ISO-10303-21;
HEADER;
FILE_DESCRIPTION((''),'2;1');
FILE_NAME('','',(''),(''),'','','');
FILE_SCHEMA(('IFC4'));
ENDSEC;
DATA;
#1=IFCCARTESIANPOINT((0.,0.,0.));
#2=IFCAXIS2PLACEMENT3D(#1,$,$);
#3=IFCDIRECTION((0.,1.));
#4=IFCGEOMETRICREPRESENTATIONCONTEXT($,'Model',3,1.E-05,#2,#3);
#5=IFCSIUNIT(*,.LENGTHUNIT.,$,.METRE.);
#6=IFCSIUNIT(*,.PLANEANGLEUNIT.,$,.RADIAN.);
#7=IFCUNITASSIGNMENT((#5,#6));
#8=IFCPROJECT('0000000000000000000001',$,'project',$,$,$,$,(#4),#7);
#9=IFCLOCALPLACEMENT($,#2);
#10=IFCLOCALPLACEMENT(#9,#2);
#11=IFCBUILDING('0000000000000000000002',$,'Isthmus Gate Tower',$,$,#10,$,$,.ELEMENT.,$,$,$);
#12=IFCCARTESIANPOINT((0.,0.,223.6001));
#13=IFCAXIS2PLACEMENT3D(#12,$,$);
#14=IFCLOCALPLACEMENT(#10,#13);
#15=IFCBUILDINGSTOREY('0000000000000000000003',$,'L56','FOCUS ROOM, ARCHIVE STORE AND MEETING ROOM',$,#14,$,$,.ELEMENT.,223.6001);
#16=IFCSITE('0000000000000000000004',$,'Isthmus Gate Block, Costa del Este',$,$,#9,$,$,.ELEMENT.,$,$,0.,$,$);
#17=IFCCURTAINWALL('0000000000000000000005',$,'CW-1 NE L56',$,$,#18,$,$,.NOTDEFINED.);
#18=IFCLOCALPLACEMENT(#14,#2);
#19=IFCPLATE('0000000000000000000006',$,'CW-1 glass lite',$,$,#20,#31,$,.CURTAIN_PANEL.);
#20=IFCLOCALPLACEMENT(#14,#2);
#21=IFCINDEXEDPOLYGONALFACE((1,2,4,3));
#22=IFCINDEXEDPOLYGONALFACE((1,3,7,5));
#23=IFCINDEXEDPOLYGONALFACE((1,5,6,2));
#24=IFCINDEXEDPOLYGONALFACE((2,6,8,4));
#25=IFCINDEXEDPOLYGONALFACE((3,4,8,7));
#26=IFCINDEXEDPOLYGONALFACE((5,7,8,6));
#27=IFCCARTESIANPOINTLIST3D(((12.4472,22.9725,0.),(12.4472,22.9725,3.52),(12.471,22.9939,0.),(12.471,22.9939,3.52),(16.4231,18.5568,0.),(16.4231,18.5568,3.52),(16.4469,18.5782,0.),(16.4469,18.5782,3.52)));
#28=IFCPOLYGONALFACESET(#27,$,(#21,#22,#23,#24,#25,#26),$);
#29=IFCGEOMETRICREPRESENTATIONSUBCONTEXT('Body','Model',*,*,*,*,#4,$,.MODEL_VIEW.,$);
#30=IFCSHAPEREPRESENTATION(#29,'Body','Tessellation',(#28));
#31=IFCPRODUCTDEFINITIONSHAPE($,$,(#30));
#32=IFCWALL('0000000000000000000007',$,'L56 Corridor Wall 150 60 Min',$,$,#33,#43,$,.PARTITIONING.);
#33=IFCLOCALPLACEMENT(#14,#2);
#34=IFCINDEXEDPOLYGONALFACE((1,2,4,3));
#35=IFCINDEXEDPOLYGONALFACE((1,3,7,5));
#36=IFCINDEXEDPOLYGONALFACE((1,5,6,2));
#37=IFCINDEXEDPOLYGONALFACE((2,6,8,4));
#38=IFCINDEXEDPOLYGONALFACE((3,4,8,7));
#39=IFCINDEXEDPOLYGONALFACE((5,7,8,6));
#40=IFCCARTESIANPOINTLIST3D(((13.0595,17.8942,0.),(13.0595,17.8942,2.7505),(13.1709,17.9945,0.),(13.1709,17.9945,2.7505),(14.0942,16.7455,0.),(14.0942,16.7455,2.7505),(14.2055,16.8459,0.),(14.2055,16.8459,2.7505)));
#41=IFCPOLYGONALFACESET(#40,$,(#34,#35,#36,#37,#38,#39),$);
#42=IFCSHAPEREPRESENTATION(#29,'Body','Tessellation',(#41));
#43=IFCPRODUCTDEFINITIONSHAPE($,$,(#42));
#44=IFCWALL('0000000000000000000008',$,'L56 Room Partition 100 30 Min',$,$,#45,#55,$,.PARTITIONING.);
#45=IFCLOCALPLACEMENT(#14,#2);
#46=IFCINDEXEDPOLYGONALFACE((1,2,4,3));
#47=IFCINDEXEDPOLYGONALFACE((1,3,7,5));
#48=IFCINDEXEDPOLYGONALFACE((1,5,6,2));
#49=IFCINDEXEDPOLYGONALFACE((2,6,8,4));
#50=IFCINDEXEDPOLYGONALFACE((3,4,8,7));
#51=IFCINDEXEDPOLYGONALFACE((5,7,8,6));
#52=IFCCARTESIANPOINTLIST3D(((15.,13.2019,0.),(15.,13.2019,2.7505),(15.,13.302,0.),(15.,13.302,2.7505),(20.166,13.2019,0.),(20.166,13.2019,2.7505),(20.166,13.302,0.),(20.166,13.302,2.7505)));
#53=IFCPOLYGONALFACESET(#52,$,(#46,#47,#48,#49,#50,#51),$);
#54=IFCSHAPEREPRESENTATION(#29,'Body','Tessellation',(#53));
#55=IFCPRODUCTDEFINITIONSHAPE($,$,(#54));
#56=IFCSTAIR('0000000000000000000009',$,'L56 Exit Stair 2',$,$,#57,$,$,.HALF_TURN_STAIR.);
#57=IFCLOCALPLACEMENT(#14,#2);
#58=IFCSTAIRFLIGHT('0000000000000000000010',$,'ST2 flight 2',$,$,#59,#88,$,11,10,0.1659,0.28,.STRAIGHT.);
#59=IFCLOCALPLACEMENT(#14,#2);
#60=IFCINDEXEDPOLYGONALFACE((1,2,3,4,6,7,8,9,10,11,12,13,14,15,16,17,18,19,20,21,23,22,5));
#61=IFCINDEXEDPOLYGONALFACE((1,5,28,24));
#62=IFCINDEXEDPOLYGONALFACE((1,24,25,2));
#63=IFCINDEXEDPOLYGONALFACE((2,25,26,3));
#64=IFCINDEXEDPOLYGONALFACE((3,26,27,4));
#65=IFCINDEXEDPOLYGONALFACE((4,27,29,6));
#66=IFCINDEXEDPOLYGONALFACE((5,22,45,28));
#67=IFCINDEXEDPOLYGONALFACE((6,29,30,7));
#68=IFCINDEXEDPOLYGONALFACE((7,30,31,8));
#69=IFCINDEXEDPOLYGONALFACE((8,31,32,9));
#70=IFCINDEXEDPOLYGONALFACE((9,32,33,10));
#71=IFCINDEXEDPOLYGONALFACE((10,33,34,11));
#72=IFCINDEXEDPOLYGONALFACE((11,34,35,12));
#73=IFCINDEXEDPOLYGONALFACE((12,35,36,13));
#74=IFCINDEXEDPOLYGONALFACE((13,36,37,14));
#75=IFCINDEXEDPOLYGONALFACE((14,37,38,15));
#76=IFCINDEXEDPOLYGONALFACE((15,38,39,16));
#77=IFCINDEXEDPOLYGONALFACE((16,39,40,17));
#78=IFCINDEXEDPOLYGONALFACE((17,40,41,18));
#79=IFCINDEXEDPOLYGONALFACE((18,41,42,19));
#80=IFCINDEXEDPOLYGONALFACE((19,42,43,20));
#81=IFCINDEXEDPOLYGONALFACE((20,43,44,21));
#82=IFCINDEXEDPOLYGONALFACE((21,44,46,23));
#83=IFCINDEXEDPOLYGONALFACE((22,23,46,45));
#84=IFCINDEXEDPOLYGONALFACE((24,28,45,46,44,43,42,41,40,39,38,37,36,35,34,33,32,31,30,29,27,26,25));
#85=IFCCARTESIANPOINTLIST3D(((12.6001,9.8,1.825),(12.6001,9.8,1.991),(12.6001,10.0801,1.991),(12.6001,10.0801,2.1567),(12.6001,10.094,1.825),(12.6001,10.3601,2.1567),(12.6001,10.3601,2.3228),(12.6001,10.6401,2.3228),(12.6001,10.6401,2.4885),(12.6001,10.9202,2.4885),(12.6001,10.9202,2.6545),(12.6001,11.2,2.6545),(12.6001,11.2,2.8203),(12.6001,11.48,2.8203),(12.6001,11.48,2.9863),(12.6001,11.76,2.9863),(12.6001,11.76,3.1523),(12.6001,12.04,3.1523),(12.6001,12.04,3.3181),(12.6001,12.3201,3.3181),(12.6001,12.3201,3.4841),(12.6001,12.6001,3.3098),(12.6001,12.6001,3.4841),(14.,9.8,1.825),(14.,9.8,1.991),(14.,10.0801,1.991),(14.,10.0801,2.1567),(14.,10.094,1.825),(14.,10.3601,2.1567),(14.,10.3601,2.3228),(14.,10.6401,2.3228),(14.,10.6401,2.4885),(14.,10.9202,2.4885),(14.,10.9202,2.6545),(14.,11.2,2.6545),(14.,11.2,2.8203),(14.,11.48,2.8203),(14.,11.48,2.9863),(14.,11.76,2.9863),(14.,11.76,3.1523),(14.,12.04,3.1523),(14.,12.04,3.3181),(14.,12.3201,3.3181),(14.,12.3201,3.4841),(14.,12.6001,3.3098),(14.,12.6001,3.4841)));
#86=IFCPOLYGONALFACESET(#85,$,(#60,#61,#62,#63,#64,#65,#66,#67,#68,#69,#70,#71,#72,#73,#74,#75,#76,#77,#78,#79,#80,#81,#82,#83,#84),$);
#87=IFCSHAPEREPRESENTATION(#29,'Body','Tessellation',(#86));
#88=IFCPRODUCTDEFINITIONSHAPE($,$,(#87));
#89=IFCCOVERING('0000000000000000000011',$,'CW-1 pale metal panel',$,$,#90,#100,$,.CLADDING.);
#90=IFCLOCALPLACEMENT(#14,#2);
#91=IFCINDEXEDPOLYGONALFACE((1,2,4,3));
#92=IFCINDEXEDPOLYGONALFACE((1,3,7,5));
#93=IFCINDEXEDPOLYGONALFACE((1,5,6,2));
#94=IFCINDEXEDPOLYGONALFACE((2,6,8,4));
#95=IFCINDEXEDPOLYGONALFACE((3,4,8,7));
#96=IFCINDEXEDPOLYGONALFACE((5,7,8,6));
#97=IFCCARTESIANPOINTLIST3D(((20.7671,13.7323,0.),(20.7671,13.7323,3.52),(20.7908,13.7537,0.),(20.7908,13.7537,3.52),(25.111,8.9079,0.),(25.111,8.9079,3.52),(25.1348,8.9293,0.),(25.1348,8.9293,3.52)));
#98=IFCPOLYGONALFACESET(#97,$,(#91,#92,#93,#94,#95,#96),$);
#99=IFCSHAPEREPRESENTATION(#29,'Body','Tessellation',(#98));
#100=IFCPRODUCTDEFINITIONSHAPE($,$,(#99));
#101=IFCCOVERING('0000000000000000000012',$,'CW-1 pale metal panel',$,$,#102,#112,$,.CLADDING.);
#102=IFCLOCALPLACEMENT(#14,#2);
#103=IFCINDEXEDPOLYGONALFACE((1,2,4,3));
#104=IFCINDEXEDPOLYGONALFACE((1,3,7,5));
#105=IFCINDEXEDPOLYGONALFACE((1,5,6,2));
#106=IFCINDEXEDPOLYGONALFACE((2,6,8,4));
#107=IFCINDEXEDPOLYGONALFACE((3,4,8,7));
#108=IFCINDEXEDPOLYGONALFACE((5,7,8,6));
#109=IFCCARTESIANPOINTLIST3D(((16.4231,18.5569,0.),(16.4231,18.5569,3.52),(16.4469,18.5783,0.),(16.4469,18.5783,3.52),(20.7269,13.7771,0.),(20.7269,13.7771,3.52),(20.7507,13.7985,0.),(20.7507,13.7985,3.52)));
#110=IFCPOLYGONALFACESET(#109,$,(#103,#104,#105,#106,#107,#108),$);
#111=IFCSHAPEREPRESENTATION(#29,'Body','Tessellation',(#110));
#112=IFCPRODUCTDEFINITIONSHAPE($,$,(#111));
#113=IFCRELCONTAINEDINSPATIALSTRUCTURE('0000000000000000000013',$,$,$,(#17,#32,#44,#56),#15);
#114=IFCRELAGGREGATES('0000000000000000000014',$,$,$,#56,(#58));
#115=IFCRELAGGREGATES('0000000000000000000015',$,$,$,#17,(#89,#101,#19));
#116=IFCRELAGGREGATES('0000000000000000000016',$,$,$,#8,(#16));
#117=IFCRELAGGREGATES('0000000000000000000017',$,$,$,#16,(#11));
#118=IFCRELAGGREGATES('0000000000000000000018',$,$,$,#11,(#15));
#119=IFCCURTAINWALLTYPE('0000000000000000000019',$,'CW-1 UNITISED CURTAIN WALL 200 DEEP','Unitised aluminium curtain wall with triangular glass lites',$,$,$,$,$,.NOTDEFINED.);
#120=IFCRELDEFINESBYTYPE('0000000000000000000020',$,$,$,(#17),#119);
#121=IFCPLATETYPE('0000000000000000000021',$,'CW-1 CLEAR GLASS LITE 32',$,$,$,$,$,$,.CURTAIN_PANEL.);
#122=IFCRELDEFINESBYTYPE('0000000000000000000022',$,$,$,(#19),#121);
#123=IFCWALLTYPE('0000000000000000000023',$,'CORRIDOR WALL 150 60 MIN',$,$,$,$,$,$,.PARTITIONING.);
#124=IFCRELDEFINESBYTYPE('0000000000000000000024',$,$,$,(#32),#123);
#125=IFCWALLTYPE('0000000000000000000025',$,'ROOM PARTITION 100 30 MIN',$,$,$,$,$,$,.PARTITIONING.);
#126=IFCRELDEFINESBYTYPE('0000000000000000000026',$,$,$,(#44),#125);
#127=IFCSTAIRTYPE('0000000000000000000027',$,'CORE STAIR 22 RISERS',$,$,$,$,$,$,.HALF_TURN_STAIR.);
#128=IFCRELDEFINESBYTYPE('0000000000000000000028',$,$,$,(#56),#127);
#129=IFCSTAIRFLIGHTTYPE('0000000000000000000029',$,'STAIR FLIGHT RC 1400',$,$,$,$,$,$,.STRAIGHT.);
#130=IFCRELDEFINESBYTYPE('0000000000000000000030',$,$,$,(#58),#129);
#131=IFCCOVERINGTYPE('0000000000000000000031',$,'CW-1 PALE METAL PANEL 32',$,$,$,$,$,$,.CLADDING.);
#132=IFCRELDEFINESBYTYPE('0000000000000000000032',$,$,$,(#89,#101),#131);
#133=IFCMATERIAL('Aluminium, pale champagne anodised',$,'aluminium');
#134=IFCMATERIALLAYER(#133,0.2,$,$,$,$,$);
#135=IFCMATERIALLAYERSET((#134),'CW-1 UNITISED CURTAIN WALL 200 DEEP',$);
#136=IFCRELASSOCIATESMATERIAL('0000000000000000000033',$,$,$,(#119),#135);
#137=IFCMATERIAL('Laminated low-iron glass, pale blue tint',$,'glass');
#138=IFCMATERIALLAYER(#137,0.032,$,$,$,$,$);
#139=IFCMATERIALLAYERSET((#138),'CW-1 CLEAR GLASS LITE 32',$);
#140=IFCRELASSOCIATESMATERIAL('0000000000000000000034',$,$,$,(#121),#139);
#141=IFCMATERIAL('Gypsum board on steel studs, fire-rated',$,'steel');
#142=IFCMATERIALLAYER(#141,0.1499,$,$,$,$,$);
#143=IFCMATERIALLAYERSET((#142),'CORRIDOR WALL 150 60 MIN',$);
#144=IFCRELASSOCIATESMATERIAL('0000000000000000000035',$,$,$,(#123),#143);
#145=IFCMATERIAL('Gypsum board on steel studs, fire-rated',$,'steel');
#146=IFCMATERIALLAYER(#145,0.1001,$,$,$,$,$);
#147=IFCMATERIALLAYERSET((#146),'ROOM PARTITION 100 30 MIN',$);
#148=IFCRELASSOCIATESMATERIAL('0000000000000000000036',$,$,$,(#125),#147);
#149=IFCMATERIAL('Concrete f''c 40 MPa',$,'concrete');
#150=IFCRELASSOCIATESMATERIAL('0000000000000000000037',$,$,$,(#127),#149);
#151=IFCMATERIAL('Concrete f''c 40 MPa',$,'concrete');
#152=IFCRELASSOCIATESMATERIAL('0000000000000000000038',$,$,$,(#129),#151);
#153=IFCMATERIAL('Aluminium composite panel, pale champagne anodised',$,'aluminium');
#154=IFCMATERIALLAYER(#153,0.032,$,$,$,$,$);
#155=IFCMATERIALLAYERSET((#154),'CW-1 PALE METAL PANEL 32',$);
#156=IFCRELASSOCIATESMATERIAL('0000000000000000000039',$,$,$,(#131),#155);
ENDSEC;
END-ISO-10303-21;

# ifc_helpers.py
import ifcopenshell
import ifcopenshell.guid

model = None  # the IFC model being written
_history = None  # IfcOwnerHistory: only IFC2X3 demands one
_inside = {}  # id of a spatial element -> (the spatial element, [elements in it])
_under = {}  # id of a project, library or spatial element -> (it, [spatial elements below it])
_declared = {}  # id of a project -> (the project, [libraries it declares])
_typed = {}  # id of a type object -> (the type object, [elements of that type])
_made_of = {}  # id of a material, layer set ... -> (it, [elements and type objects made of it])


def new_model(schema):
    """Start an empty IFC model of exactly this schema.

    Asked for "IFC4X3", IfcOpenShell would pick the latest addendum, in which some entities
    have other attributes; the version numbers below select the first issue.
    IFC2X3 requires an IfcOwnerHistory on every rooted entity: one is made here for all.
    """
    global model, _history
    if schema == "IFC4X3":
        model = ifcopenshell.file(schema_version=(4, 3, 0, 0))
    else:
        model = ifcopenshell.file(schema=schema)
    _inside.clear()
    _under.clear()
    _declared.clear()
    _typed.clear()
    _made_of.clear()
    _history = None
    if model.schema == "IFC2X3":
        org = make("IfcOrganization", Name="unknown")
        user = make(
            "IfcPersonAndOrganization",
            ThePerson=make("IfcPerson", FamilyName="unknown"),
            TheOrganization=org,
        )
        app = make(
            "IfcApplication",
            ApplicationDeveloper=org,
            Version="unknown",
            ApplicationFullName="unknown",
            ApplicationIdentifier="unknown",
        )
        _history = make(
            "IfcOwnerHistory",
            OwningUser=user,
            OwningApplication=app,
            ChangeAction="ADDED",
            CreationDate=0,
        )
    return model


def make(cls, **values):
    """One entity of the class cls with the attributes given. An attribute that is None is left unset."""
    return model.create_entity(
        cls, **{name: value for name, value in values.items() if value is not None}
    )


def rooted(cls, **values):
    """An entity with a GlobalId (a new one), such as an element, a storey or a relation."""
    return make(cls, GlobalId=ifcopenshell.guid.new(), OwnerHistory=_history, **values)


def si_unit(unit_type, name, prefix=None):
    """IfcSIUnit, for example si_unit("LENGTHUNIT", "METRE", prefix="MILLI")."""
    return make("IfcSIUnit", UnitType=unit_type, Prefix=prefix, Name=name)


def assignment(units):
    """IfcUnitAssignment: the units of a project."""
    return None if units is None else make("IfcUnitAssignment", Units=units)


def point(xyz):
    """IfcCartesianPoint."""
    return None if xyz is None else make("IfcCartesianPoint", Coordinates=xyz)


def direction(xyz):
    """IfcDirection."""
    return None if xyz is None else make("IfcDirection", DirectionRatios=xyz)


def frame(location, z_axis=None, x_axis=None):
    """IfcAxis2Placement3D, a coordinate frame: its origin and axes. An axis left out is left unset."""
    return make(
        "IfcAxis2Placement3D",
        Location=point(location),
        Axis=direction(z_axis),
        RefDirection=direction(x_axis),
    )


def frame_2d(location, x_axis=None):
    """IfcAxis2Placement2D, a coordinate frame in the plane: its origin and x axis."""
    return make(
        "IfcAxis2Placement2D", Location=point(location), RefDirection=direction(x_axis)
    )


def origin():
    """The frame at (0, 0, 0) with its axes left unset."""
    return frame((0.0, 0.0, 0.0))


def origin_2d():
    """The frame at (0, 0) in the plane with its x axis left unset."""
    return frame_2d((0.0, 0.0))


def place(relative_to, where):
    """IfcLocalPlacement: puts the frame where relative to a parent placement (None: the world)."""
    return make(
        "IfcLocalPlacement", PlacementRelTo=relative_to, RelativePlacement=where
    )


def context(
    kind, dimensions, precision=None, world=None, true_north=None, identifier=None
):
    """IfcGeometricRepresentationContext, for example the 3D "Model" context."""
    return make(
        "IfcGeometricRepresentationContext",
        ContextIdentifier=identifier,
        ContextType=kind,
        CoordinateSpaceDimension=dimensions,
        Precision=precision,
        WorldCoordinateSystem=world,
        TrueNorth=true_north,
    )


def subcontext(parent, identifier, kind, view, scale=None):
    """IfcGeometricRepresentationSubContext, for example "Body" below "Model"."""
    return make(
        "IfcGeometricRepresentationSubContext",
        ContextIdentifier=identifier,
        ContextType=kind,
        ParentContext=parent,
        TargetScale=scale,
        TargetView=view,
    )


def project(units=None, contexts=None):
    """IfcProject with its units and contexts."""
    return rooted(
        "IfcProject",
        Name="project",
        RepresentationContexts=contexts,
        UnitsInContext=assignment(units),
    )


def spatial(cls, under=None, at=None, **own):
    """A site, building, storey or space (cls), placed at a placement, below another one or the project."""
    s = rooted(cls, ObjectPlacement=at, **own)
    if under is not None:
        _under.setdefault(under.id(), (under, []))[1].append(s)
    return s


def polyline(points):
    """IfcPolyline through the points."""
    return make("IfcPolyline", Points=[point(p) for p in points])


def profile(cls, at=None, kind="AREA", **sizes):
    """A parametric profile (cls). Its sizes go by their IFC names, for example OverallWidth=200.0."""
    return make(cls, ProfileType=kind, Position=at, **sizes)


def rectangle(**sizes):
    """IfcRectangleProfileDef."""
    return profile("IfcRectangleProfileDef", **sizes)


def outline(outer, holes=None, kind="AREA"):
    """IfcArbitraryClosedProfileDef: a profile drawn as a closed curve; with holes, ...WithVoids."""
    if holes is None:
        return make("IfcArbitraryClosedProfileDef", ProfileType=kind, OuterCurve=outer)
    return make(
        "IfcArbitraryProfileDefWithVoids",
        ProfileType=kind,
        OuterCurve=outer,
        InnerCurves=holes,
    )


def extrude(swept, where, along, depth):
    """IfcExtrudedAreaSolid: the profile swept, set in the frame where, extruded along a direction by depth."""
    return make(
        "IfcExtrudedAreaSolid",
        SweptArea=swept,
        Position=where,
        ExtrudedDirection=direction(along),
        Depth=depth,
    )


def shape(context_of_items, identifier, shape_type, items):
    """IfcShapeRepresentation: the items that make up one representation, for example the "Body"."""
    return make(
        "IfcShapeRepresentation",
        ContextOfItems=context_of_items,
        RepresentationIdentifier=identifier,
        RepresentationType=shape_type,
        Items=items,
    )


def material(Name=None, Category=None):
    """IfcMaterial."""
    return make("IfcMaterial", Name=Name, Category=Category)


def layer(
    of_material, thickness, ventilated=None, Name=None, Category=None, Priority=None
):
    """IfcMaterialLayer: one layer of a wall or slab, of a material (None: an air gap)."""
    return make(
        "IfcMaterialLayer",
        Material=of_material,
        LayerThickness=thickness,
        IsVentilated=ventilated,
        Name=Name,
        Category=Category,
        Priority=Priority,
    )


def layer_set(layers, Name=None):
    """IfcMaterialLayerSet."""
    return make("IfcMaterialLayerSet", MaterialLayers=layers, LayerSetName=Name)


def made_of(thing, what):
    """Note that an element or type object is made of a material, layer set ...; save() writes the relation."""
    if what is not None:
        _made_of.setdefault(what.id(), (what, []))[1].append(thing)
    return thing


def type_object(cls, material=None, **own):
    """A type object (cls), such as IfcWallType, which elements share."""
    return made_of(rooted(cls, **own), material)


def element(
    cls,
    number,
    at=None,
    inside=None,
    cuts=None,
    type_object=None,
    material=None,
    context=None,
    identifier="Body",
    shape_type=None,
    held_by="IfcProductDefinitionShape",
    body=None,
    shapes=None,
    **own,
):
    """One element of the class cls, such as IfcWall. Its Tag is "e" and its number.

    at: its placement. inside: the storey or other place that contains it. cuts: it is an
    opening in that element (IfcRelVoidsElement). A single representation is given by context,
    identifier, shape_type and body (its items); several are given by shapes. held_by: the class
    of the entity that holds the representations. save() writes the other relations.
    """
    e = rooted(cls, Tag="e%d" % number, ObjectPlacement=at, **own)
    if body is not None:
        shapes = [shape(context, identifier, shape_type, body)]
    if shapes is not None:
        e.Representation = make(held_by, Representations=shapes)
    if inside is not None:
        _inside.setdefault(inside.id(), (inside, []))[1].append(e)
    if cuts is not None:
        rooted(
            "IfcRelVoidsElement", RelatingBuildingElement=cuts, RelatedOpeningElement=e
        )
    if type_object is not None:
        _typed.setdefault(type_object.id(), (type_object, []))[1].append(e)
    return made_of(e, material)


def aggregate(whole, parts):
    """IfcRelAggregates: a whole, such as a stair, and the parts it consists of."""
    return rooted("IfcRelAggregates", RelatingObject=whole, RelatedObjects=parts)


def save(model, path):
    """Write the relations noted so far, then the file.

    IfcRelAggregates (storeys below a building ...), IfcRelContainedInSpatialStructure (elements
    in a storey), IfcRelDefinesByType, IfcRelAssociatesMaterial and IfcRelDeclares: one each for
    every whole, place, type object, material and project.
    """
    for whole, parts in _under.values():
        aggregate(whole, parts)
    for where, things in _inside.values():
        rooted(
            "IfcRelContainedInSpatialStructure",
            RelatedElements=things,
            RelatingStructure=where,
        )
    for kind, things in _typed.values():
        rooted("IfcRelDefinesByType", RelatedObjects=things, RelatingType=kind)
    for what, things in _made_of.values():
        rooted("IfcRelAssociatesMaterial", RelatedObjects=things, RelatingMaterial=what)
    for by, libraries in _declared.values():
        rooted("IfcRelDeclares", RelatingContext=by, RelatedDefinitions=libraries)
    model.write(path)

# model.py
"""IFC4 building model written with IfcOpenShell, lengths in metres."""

from ifc_helpers import new_model, si_unit, direction, frame, frame_2d, origin, origin_2d, place, context, subcontext, project, spatial, polyline, rectangle, outline, extrude, material, layer, layer_set, type_object, element, aggregate, save


model = new_model("IFC4")

# Units and contexts
model_context = context("Model", 3, precision=1e-05, world=origin(), true_north=direction((0.0, 1.0)))
body_context = subcontext(model_context, "Body", "Model", "MODEL_VIEW")
ifc_project = project(units=[si_unit("LENGTHUNIT", "METRE"), si_unit("PLANEANGLEUNIT", "RADIAN")], contexts=[model_context])

# Site, building, storey
site_placement = place(None, origin())
site = spatial("IfcSite", under=ifc_project, at=site_placement, Name="Isthmus Gate Block, Costa del Este", CompositionType="ELEMENT", RefElevation=0.0)
building_placement = place(site_placement, origin())
building = spatial("IfcBuilding", under=site, at=building_placement, Name="Isthmus Gate Tower", CompositionType="ELEMENT")
storey_placement = place(building_placement, frame((0.0, 0.0, 223.6001)))
storey = spatial("IfcBuildingStorey", under=building, at=storey_placement, Name="L56", Description="FOCUS ROOM, ARCHIVE STORE AND MEETING ROOM", CompositionType="ELEMENT", Elevation=223.6001)

# Curtain wall
ifc_material_1 = material(Name="Aluminium, pale champagne anodised", Category="aluminium")
ifc_layer_1 = layer(ifc_material_1, 0.2)
ifc_layer_set_1 = layer_set([ifc_layer_1], Name="CW-1 UNITISED CURTAIN WALL 200 DEEP")
curtain_wall_type = type_object("IfcCurtainWallType", Name="CW-1 UNITISED CURTAIN WALL 200 DEEP", Description="Unitised aluminium curtain wall with triangular glass lites", PredefinedType="NOTDEFINED", material=ifc_layer_set_1)
curtain_wall_placement = place(storey_placement, origin())
curtain_wall = element("IfcCurtainWall", 1, at=curtain_wall_placement, inside=storey, type_object=curtain_wall_type, Name="CW-1 NE L56", PredefinedType="NOTDEFINED")

# Plate
ifc_material_2 = material(Name="Laminated low-iron glass, pale blue tint", Category="glass")
ifc_layer_2 = layer(ifc_material_2, 0.032)
ifc_layer_set_2 = layer_set([ifc_layer_2], Name="CW-1 CLEAR GLASS LITE 32")
plate_type = type_object("IfcPlateType", Name="CW-1 CLEAR GLASS LITE 32", PredefinedType="CURTAIN_PANEL", material=ifc_layer_set_2)
plate_placement = place(storey_placement, frame((14.447, 20.7754, 0.0), z_axis=(0.0, 0.0, 1.0), x_axis=(-0.669131, 0.743145, 0.0)))
plate = element("IfcPlate", 2, at=plate_placement, type_object=plate_type, Name="CW-1 glass lite", PredefinedType="CURTAIN_PANEL", context=body_context, shape_type="SweptSolid", body=[
    extrude(rectangle(XDim=5.9419, YDim=0.032, at=origin_2d()), origin(), (0.0, 0.0, 1.0), 3.52),
])

# Walls
ifc_material_3 = material(Name="Gypsum board on steel studs, fire-rated", Category="steel")
ifc_layer_3 = layer(ifc_material_3, 0.1499)
ifc_layer_set_3 = layer_set([ifc_layer_3], Name="CORRIDOR WALL 150 60 MIN")
wall_type_1 = type_object("IfcWallType", Name="CORRIDOR WALL 150 60 MIN", PredefinedType="PARTITIONING", material=ifc_layer_set_3)
wall_1_placement = place(storey_placement, frame((13.1152, 17.9443, 0.0), z_axis=(0.0, 0.0, 1.0), x_axis=(0.66927, -0.743019, 0.0)))
element("IfcWall", 3, at=wall_1_placement, inside=storey, type_object=wall_type_1, Name="L56 Corridor Wall 150 60 Min", PredefinedType="PARTITIONING", context=body_context, shape_type="SweptSolid", body=[
    extrude(rectangle(XDim=1.5459, YDim=0.1499, at=frame_2d((0.7729, 0.0))), origin(), (0.0, 0.0, 1.0), 2.7505),
])
ifc_material_4 = material(Name="Gypsum board on steel studs, fire-rated", Category="steel")
ifc_layer_4 = layer(ifc_material_4, 0.1001)
ifc_layer_set_4 = layer_set([ifc_layer_4], Name="ROOM PARTITION 100 30 MIN")
wall_type_2 = type_object("IfcWallType", Name="ROOM PARTITION 100 30 MIN", PredefinedType="PARTITIONING", material=ifc_layer_set_4)
wall_2_placement = place(storey_placement, frame((15.0, 13.252, 0.0), z_axis=(0.0, 0.0, 1.0), x_axis=(1.0, 0.0, 0.0)))
element("IfcWall", 4, at=wall_2_placement, inside=storey, type_object=wall_type_2, Name="L56 Room Partition 100 30 Min", PredefinedType="PARTITIONING", context=body_context, shape_type="SweptSolid", body=[
    extrude(rectangle(XDim=5.166, YDim=0.1001, at=frame_2d((2.583, 0.0))), origin(), (0.0, 0.0, 1.0), 2.7505),
])

# Stair, stair flight
ifc_material_5 = material(Name="Concrete f'c 40 MPa", Category="concrete")
stair_type = type_object("IfcStairType", Name="CORE STAIR 22 RISERS", PredefinedType="HALF_TURN_STAIR", material=ifc_material_5)
stair_placement = place(storey_placement, origin())
stair = element("IfcStair", 5, at=stair_placement, inside=storey, type_object=stair_type, Name="L56 Exit Stair 2", PredefinedType="HALF_TURN_STAIR")
ifc_material_6 = material(Name="Concrete f'c 40 MPa", Category="concrete")
stair_flight_type = type_object("IfcStairFlightType", Name="STAIR FLIGHT RC 1400", PredefinedType="STRAIGHT", material=ifc_material_6)
stair_flight_placement = place(storey_placement, frame((13.3, 9.8, 1.825), z_axis=(0.0, 0.0, 1.0), x_axis=(0.0, 1.0, 0.0)))
stair_flight = element("IfcStairFlight", 6, at=stair_flight_placement, type_object=stair_flight_type, Name="ST2 flight 2", NumberOfRisers=11, NumberOfTreads=10, PredefinedType="STRAIGHT", RiserHeight=0.1659, TreadLength=0.28, context=body_context, shape_type="SweptSolid", body=[
    extrude(outline(polyline([(0.0, 0.0), (0.0, 0.166), (0.28, 0.166), (0.28, 0.3318), (0.5601, 0.3318), (0.5601, 0.4978), (0.8401, 0.4978), (0.8401, 0.6636), (1.1201, 0.6636), (1.1201, 0.8296), (1.3999, 0.8296), (1.3999, 0.9954), (1.6799, 0.9954), (1.6799, 1.1614), (1.96, 1.1614), (1.96, 1.3274), (2.24, 1.3274), (2.24, 1.4932), (2.52, 1.4932), (2.52, 1.6592), (2.8, 1.6592), (2.8, 1.825), (2.8, 1.4849), (0.2939, 0.0), (0.0, 0.0)])), frame((0.0, 0.7, 0.0), z_axis=(0.0, -1.0, 0.0), x_axis=(1.0, 0.0, 0.0)), (0.0, 0.0, 1.0), 1.3999),
])
aggregate(stair, [stair_flight])

# Coverings
ifc_material_7 = material(Name="Aluminium composite panel, pale champagne anodised", Category="aluminium")
ifc_layer_5 = layer(ifc_material_7, 0.032)
ifc_layer_set_5 = layer_set([ifc_layer_5], Name="CW-1 PALE METAL PANEL 32")
covering_type = type_object("IfcCoveringType", Name="CW-1 PALE METAL PANEL 32", PredefinedType="CLADDING", material=ifc_layer_set_5)
covering_1_placement = place(storey_placement, frame((22.9509, 11.3308, 0.0), z_axis=(0.0, 0.0, 1.0), x_axis=(-0.669131, 0.743145, 0.0)))
covering_1 = element("IfcCovering", 7, at=covering_1_placement, type_object=covering_type, Name="CW-1 pale metal panel", PredefinedType="CLADDING", context=body_context, shape_type="SweptSolid", body=[
    extrude(rectangle(XDim=6.4919, YDim=0.032, at=origin_2d()), origin(), (0.0, 0.0, 1.0), 3.52),
])
covering_2_placement = place(storey_placement, frame((18.5869, 16.1777, 0.0), z_axis=(0.0, 0.0, 1.0), x_axis=(-0.669131, 0.743145, 0.0)))
covering_2 = element("IfcCovering", 8, at=covering_2_placement, type_object=covering_type, Name="CW-1 pale metal panel", PredefinedType="CLADDING", context=body_context, shape_type="SweptSolid", body=[
    extrude(rectangle(XDim=6.4319, YDim=0.032, at=origin_2d()), origin(), (0.0, 0.0, 1.0), 3.52),
])
aggregate(curtain_wall, [covering_1, covering_2, plate])

save(model, "model.ifc")
